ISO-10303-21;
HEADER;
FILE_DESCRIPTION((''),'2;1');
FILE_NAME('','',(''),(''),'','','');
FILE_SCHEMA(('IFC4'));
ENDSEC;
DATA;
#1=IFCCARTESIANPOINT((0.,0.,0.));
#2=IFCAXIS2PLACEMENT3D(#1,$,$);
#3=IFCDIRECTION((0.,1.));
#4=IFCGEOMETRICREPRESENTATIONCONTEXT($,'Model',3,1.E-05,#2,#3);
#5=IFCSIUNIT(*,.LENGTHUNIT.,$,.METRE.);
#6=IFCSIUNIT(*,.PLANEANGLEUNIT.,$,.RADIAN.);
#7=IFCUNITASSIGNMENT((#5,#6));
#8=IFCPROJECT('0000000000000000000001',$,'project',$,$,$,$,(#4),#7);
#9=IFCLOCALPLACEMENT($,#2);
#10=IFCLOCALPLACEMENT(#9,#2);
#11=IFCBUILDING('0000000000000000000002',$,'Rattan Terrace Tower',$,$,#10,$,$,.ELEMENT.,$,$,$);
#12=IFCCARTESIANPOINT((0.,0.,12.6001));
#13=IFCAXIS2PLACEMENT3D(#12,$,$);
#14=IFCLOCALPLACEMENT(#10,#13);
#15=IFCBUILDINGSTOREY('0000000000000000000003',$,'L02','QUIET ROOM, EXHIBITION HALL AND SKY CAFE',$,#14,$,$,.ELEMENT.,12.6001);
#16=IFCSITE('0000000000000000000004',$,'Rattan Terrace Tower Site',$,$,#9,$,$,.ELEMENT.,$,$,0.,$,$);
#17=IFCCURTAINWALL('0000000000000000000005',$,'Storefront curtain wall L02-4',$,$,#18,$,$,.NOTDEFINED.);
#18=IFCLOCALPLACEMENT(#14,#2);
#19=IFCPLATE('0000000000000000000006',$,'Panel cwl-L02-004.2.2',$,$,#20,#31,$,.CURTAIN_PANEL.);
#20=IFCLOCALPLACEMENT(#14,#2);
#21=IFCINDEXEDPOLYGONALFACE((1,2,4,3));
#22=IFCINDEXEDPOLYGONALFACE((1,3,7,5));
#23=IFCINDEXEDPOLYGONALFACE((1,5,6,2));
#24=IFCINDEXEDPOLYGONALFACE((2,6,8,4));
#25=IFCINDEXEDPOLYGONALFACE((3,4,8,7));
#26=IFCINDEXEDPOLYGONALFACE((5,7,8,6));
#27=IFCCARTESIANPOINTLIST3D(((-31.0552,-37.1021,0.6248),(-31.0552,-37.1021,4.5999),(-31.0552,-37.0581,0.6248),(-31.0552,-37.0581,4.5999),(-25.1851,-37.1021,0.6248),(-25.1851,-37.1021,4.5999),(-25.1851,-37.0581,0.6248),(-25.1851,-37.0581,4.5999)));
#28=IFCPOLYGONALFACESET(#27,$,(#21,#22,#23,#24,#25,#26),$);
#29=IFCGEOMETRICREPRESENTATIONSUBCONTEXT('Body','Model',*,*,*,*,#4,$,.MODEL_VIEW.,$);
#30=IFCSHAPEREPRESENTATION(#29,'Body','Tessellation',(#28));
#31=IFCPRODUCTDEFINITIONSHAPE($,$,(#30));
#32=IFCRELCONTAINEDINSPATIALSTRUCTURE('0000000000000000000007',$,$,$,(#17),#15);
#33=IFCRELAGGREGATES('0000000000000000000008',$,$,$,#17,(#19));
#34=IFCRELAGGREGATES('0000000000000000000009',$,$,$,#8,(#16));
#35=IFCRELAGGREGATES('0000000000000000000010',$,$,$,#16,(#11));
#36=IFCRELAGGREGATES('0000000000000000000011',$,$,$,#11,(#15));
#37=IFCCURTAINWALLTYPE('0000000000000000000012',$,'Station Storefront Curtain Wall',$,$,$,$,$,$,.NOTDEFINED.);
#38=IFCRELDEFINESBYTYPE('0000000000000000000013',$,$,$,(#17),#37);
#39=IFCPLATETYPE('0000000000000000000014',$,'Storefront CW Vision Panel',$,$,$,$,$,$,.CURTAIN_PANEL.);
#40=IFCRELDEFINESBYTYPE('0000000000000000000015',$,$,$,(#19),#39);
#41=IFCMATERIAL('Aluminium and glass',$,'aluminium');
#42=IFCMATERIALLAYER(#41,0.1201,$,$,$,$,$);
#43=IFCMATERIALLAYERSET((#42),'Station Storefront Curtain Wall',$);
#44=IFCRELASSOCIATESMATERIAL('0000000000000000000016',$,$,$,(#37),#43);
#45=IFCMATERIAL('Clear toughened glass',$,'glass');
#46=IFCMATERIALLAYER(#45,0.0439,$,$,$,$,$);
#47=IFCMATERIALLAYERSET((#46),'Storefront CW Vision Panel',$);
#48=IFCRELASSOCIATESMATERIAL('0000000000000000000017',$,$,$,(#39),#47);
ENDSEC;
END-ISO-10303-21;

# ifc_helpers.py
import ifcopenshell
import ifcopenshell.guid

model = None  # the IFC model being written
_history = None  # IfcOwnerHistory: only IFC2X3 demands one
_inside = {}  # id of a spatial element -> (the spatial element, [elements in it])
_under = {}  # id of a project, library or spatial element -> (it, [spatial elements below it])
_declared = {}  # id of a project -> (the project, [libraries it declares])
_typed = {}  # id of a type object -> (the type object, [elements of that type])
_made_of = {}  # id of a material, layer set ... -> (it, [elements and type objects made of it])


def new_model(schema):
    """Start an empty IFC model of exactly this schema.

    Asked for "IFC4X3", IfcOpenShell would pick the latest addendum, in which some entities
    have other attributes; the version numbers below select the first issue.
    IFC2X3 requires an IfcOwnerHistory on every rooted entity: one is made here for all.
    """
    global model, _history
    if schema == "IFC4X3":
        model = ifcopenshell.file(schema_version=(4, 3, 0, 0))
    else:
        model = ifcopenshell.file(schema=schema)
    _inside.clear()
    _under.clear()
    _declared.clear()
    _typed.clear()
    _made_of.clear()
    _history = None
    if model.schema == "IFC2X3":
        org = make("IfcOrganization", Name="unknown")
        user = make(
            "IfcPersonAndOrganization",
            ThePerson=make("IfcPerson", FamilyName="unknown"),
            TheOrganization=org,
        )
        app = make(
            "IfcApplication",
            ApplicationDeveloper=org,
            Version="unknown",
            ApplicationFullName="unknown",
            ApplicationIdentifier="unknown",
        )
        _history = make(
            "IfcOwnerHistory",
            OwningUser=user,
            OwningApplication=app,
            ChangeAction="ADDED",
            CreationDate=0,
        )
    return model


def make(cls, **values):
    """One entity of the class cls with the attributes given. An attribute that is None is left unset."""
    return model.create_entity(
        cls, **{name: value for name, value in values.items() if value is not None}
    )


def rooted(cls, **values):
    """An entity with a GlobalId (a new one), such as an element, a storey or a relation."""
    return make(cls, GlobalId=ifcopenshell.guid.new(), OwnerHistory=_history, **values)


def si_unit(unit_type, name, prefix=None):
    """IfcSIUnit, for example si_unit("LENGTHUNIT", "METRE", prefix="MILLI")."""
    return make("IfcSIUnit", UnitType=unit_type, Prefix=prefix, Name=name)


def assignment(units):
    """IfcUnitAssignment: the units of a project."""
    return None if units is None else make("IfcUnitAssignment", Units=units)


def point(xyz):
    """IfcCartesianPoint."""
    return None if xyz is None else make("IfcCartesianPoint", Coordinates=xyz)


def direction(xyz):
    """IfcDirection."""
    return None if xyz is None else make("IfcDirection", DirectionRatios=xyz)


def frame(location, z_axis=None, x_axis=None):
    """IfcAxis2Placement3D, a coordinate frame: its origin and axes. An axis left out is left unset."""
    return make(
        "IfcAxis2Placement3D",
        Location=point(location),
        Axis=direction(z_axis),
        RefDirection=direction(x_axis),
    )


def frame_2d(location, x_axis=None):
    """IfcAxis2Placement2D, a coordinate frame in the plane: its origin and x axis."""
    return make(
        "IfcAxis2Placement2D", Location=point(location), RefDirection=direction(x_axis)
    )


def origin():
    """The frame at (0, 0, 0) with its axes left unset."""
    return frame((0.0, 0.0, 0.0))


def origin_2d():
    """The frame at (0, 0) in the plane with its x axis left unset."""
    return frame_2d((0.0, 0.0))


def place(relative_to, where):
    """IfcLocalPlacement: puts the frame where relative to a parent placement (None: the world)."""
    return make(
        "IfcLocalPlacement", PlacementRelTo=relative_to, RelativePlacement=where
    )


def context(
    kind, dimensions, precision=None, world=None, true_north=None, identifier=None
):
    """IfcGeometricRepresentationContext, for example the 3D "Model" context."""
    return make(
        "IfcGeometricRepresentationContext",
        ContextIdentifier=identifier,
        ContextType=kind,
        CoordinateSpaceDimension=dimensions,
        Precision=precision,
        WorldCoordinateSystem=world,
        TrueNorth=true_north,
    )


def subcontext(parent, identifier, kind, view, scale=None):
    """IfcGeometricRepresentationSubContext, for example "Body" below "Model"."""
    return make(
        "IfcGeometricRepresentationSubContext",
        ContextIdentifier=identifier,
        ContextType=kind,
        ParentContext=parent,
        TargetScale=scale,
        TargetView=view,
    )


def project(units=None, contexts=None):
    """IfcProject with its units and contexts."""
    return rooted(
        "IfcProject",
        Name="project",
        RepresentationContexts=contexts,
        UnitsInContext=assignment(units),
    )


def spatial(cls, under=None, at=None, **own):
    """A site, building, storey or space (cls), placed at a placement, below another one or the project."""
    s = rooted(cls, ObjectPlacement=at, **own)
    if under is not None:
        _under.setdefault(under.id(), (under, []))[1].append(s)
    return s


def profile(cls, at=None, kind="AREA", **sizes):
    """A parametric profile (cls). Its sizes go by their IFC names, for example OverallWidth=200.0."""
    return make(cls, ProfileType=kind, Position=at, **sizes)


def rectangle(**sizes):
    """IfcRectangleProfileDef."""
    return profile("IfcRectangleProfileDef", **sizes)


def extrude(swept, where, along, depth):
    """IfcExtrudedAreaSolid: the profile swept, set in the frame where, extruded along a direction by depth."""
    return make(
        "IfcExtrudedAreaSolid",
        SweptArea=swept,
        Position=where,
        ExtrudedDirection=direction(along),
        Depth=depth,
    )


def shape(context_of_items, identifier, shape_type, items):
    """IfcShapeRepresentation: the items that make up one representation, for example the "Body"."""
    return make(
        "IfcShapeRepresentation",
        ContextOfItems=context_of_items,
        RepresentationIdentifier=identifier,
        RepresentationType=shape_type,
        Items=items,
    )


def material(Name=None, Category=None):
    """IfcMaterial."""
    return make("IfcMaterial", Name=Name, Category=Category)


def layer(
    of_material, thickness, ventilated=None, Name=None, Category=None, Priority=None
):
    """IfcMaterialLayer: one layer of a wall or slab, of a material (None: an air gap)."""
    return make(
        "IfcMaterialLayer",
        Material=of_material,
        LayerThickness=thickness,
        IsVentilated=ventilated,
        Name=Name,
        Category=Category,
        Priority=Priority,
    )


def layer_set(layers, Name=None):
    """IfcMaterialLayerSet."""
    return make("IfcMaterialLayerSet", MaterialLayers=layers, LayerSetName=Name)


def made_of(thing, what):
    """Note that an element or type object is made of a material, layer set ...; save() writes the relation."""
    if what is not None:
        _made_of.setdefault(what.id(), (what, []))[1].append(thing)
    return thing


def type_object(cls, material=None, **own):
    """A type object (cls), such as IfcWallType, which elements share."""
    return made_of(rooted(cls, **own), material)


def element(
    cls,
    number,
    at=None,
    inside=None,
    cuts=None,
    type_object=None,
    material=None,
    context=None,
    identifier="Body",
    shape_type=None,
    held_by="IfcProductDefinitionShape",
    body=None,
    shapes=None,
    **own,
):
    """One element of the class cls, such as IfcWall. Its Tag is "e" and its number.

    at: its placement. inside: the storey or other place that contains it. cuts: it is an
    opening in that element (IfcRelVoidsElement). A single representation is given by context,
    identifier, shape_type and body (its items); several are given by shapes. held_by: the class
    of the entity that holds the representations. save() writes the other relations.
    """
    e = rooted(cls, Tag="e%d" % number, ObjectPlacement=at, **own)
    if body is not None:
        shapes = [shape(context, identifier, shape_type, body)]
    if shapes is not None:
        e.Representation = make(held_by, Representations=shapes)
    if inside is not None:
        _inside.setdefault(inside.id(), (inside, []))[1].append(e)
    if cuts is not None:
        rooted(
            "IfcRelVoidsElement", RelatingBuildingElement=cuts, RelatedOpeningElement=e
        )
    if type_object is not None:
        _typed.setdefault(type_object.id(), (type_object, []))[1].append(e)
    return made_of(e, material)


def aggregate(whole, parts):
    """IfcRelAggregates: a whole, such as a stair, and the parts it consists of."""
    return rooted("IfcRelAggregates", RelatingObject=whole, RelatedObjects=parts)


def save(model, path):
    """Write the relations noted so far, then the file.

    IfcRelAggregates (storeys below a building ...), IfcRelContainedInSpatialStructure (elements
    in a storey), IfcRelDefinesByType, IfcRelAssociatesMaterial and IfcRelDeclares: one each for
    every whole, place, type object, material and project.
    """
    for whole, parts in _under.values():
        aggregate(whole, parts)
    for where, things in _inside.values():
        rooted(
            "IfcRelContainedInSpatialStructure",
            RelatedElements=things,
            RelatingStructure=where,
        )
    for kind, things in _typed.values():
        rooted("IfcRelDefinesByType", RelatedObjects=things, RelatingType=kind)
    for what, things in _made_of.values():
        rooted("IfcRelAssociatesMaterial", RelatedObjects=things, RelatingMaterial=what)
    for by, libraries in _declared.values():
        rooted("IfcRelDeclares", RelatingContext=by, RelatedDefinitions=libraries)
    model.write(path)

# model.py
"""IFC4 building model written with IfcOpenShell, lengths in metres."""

from ifc_helpers import new_model, si_unit, direction, frame, origin, origin_2d, place, context, subcontext, project, spatial, rectangle, extrude, material, layer, layer_set, type_object, element, aggregate, save


model = new_model("IFC4")

# Units and contexts
model_context = context("Model", 3, precision=1e-05, world=origin(), true_north=direction((0.0, 1.0)))
body_context = subcontext(model_context, "Body", "Model", "MODEL_VIEW")
ifc_project = project(units=[si_unit("LENGTHUNIT", "METRE"), si_unit("PLANEANGLEUNIT", "RADIAN")], contexts=[model_context])

# Site, building, storey
site_placement = place(None, origin())
site = spatial("IfcSite", under=ifc_project, at=site_placement, Name="Rattan Terrace Tower Site", CompositionType="ELEMENT", RefElevation=0.0)
building_placement = place(site_placement, origin())
building = spatial("IfcBuilding", under=site, at=building_placement, Name="Rattan Terrace Tower", CompositionType="ELEMENT")
storey_placement = place(building_placement, frame((0.0, 0.0, 12.6001)))
storey = spatial("IfcBuildingStorey", under=building, at=storey_placement, Name="L02", Description="QUIET ROOM, EXHIBITION HALL AND SKY CAFE", CompositionType="ELEMENT", Elevation=12.6001)

# Shared definitions
ifc_material_1 = material(Name="Aluminium and glass", Category="aluminium")
ifc_layer_1 = layer(ifc_material_1, 0.1201)
ifc_layer_set_1 = layer_set([ifc_layer_1], Name="Station Storefront Curtain Wall")
curtain_wall_type = type_object("IfcCurtainWallType", Name="Station Storefront Curtain Wall", PredefinedType="NOTDEFINED", material=ifc_layer_set_1)

# Curtain wall
curtain_wall_1_placement = place(storey_placement, origin())
curtain_wall_1 = element("IfcCurtainWall", 1, at=curtain_wall_1_placement, inside=storey, type_object=curtain_wall_type, Name="Storefront curtain wall L02-4", PredefinedType="NOTDEFINED")

# Plate
ifc_material_2 = material(Name="Clear toughened glass", Category="glass")
ifc_layer_2 = layer(ifc_material_2, 0.0439)
ifc_layer_set_2 = layer_set([ifc_layer_2], Name="Storefront CW Vision Panel")
plate_type_1 = type_object("IfcPlateType", Name="Storefront CW Vision Panel", PredefinedType="CURTAIN_PANEL", material=ifc_layer_set_2)
plate_1_placement = place(storey_placement, frame((-28.1201, -37.0801, 0.6248), z_axis=(0.0, 0.0, 1.0), x_axis=(1.0, 0.0, 0.0)))
plate_1 = element("IfcPlate", 2, at=plate_1_placement, type_object=plate_type_1, Name="Panel cwl-L02-004.2.2", PredefinedType="CURTAIN_PANEL", context=body_context, shape_type="SweptSolid", body=[
    extrude(rectangle(XDim=5.8701, YDim=0.0439, at=origin_2d()), origin(), (0.0, 0.0, 1.0), 3.9751),
])
aggregate(curtain_wall_1, [plate_1])

save(model, "model.ifc")
